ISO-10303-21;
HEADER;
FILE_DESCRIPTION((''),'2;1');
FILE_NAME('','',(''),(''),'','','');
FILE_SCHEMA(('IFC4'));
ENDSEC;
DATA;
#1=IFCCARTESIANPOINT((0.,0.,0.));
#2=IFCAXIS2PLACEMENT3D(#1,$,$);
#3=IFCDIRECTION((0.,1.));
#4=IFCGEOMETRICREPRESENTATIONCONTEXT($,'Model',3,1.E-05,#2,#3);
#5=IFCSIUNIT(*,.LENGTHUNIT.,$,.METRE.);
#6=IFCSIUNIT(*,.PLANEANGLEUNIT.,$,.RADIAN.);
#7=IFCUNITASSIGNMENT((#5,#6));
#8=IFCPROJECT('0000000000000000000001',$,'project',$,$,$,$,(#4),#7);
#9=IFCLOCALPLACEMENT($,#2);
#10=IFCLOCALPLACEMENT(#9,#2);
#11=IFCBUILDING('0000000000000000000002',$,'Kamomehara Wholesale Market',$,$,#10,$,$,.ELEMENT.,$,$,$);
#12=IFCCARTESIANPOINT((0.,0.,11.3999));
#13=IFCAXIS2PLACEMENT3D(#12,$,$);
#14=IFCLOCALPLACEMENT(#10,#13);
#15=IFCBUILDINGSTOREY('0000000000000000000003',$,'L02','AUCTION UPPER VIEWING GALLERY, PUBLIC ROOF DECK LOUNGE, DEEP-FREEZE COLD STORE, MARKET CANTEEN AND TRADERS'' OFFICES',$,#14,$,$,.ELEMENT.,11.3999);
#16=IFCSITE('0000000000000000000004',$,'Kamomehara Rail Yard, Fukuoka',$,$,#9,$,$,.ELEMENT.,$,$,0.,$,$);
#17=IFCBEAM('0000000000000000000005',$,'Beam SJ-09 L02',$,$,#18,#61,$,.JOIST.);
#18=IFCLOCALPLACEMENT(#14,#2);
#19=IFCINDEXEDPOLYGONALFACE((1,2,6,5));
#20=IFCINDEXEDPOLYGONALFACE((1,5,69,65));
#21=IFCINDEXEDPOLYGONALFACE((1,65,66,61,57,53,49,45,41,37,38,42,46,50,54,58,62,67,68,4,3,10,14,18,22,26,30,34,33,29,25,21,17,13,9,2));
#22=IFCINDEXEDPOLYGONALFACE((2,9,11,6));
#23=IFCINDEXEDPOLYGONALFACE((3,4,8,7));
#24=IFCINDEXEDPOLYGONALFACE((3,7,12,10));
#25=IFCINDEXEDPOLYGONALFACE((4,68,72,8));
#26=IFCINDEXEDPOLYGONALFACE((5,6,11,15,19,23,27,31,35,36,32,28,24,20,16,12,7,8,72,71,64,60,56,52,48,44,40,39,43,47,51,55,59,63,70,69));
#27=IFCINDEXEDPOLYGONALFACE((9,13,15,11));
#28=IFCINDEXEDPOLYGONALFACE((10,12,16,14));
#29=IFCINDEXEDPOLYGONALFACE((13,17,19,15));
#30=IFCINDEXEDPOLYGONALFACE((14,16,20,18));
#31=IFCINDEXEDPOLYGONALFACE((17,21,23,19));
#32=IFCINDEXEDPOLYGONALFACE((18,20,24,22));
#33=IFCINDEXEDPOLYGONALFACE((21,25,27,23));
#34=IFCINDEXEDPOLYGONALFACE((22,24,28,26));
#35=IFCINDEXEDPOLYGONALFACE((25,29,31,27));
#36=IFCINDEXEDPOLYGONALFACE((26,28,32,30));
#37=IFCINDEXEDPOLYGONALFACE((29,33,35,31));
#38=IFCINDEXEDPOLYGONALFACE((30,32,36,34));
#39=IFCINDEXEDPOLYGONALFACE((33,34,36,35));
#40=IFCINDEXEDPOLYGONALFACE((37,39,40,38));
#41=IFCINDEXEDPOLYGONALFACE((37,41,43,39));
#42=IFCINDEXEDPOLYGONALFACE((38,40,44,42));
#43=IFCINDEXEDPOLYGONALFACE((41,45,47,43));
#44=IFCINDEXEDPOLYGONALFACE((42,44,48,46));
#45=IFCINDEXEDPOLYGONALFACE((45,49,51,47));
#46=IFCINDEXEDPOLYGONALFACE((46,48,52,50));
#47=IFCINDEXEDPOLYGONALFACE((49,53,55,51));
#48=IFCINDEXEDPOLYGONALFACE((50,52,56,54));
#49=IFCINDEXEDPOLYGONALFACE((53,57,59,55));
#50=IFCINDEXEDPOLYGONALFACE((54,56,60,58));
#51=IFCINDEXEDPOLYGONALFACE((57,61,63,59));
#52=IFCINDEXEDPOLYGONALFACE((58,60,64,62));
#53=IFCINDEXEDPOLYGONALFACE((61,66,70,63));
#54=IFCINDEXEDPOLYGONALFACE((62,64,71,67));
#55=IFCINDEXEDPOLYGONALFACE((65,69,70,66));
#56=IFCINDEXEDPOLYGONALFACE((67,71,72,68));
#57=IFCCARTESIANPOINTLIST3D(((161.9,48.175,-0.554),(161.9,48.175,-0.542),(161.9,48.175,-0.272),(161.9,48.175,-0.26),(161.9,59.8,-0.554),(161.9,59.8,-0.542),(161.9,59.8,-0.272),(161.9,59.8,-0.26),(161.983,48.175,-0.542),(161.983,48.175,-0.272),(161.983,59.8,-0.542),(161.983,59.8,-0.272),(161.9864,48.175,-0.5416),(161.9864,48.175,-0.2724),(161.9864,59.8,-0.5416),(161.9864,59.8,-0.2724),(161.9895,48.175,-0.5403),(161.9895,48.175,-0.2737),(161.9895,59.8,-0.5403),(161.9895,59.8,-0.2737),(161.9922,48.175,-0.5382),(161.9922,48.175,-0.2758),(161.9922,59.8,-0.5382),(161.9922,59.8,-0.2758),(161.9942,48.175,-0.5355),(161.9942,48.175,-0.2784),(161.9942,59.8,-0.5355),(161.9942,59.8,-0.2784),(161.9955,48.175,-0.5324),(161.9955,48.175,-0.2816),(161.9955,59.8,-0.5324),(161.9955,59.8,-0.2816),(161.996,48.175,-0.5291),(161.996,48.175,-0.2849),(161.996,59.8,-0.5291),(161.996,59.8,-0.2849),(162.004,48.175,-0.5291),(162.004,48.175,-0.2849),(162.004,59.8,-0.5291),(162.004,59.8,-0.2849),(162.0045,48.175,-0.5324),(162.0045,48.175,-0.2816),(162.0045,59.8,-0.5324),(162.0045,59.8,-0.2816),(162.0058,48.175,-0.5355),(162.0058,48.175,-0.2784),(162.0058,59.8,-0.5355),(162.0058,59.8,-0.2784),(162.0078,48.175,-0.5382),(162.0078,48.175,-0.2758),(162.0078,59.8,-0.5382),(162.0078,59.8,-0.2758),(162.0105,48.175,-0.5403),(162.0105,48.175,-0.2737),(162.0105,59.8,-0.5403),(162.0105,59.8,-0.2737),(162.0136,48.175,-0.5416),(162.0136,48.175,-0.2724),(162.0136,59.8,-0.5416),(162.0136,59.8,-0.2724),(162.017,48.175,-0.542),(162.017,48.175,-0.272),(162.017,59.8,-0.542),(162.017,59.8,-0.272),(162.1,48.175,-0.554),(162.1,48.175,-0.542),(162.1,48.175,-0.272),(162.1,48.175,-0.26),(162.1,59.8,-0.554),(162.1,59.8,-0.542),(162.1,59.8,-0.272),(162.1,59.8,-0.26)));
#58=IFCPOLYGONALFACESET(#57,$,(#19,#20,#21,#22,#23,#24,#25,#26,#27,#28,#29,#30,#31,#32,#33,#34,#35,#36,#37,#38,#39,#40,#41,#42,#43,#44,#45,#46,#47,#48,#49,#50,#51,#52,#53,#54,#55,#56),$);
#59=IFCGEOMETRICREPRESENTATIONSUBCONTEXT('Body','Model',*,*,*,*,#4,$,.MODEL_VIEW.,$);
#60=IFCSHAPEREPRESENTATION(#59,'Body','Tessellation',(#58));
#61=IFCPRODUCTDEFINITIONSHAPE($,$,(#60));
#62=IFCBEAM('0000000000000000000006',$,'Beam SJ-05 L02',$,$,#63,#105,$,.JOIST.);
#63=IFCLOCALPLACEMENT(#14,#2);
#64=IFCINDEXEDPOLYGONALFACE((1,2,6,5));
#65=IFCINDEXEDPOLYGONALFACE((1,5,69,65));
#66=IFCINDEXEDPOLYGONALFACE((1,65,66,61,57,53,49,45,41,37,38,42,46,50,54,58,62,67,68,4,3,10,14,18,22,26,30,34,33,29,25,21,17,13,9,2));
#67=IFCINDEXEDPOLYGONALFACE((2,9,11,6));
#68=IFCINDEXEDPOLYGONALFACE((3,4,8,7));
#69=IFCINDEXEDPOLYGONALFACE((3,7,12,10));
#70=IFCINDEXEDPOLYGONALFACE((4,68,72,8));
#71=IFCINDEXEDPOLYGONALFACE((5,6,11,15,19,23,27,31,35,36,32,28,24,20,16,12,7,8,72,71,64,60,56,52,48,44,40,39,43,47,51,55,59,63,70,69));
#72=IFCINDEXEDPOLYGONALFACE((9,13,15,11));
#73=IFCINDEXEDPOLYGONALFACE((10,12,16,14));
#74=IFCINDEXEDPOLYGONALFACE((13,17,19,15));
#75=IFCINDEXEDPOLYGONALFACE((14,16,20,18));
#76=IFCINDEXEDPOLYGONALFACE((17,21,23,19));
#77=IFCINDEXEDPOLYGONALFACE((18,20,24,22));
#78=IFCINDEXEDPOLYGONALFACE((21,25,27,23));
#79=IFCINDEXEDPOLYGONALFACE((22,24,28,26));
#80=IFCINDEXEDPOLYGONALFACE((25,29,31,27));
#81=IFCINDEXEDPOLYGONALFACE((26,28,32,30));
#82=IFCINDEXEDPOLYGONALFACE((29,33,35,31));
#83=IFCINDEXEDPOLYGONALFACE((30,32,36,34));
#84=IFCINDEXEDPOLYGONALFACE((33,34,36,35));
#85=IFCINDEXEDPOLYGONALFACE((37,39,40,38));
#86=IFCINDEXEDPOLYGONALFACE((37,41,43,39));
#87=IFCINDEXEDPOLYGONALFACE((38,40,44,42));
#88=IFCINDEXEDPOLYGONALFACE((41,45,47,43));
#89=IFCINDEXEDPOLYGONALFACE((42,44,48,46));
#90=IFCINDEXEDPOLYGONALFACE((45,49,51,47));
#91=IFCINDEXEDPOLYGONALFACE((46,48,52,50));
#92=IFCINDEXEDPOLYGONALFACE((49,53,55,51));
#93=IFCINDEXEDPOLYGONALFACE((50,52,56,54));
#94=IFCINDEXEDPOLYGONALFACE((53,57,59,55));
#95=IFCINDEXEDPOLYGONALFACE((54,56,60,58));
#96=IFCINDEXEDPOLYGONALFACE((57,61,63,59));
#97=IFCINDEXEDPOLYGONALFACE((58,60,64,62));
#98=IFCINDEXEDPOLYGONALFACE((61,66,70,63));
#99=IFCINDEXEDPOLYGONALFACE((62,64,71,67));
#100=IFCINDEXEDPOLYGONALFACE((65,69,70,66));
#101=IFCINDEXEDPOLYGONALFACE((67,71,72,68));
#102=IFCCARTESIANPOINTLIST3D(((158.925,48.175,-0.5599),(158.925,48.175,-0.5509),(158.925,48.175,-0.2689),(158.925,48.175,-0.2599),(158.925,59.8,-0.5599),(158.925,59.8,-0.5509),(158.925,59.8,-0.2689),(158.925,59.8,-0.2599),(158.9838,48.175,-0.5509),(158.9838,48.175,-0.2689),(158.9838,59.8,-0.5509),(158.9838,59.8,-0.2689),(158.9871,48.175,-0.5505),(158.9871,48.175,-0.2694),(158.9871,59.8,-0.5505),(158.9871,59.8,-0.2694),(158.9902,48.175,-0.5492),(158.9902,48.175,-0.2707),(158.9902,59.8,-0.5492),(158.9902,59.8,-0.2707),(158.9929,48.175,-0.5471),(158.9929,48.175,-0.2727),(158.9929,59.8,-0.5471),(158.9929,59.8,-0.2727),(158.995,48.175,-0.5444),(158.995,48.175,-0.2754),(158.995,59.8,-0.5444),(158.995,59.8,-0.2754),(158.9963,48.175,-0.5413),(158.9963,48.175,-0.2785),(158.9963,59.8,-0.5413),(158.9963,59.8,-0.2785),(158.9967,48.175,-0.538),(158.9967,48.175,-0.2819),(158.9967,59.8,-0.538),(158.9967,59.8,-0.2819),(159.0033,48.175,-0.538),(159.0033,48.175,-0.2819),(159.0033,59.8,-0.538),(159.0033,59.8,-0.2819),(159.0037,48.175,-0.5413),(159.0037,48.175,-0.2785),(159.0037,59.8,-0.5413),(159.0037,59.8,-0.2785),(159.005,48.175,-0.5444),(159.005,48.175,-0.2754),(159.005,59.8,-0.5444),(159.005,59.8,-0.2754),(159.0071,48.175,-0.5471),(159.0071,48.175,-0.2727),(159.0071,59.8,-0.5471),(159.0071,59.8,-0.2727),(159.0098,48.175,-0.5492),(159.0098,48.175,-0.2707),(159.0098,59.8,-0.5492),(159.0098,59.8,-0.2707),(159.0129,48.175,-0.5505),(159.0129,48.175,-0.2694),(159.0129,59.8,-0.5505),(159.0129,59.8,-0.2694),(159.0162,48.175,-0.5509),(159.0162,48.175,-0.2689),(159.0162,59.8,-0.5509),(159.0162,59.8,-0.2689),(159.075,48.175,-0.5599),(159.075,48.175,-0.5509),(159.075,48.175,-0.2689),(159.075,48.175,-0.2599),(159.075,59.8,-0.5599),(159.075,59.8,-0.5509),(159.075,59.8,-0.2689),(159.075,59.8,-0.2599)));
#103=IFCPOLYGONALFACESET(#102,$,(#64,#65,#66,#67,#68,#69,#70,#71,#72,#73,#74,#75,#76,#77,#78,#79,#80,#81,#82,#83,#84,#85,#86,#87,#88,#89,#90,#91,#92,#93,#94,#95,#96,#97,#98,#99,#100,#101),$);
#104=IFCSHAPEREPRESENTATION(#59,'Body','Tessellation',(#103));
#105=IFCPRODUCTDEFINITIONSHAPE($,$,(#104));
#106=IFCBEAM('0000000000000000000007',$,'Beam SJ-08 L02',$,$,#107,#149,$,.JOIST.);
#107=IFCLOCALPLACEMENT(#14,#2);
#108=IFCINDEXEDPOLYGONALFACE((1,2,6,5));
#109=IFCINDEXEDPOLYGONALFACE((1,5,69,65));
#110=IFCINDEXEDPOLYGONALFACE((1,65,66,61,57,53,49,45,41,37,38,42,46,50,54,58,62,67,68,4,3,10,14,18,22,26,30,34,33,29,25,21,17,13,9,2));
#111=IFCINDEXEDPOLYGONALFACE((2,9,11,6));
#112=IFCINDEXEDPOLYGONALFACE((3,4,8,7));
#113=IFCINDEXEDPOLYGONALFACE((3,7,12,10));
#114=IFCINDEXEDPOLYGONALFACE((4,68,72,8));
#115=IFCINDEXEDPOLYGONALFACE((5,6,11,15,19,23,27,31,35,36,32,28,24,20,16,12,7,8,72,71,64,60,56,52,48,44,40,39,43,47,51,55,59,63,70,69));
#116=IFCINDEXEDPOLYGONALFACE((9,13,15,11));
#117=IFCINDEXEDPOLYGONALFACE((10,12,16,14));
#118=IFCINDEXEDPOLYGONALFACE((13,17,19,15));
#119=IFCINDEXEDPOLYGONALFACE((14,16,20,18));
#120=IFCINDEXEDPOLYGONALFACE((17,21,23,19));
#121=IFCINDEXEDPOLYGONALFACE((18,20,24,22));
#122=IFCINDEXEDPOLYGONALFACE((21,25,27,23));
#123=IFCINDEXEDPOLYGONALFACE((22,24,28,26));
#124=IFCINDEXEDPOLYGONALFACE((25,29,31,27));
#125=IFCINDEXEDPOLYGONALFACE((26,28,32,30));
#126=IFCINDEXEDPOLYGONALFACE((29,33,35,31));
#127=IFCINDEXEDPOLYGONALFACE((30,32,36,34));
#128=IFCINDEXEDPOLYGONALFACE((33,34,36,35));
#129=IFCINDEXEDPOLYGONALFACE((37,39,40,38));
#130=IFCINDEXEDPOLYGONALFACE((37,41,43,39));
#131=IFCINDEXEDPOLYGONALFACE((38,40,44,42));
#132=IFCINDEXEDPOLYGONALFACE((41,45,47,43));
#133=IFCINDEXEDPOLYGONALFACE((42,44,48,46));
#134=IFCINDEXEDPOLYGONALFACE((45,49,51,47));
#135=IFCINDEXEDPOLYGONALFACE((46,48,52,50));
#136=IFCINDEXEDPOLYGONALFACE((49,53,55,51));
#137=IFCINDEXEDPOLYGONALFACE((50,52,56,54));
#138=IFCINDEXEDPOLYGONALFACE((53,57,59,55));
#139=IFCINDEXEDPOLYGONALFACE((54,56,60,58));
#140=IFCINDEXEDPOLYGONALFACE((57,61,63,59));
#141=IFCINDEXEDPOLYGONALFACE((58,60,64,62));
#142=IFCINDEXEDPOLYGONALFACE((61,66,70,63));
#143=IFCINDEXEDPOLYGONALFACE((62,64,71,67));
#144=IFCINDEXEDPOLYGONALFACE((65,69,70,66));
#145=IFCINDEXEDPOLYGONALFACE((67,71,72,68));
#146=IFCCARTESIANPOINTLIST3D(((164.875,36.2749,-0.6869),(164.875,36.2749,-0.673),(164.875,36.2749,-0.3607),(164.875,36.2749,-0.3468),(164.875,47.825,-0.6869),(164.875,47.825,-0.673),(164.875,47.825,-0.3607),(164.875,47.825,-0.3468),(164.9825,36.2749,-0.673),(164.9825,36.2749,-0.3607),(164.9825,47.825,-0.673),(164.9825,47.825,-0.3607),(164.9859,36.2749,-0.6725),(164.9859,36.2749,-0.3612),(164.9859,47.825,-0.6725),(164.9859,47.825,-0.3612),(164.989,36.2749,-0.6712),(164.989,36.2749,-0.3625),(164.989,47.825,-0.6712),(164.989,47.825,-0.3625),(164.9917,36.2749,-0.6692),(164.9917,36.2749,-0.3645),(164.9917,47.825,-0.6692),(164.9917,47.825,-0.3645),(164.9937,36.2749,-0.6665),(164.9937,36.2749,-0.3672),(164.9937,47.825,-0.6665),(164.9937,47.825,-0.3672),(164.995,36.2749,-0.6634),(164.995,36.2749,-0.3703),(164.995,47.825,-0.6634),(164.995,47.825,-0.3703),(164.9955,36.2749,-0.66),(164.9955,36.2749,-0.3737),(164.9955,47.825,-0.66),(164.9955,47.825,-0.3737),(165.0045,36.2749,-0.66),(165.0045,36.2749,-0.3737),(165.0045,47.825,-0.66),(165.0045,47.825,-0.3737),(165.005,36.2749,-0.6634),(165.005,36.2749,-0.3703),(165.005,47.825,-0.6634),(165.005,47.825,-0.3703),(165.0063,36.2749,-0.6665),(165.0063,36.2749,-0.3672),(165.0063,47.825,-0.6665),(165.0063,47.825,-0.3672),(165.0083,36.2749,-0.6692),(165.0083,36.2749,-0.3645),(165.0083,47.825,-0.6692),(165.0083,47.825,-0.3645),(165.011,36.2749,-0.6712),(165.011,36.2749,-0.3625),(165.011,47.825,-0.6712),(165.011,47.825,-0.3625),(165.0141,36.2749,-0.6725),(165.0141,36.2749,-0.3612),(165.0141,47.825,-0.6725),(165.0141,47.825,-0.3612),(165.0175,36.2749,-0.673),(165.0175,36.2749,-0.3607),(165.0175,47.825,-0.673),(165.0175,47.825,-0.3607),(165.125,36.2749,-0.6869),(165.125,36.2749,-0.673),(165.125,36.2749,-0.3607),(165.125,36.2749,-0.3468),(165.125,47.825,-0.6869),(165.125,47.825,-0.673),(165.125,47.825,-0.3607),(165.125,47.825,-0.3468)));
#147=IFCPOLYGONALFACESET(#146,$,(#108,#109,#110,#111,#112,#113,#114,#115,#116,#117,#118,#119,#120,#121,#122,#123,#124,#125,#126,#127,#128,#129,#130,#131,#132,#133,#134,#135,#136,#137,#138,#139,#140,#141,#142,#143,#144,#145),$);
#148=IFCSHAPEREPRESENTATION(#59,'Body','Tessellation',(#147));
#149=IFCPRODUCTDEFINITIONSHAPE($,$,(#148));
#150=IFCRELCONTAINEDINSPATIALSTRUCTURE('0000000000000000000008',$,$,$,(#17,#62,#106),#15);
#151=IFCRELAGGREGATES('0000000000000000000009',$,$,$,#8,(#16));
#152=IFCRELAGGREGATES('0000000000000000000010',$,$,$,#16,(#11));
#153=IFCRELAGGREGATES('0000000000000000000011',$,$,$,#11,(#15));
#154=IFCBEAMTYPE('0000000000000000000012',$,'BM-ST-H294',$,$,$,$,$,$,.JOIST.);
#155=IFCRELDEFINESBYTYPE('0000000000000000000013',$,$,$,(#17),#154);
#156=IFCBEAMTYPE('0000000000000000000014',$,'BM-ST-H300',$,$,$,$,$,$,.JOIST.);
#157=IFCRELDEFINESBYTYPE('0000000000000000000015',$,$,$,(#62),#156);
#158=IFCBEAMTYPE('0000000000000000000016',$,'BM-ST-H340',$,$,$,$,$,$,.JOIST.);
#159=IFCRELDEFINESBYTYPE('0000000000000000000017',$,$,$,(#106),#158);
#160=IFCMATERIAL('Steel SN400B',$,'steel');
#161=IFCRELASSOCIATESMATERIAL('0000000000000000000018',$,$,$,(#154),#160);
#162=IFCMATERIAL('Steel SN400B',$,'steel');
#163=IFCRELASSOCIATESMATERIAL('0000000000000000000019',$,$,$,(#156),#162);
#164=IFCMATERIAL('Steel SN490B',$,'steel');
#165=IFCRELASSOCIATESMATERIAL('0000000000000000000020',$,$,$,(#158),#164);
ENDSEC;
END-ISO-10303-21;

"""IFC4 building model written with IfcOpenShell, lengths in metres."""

from ifc_helpers import new_model, si_unit, direction, frame, origin, origin_2d, place, context, subcontext, project, spatial, i_section, extrude, material, material_profile, profile_set, type_object, element, save


model = new_model("IFC4")

# Units and contexts
model_context = context("Model", 3, precision=1e-05, world=origin(), true_north=direction((0.0, 1.0)))
body_context = subcontext(model_context, "Body", "Model", "MODEL_VIEW")
ifc_project = project(units=[si_unit("LENGTHUNIT", "METRE"), si_unit("PLANEANGLEUNIT", "RADIAN")], contexts=[model_context])

# Site, building, storey
site_placement = place(None, origin())
site = spatial("IfcSite", under=ifc_project, at=site_placement, Name="Kamomehara Rail Yard, Fukuoka", CompositionType="ELEMENT", RefElevation=0.0)
building_placement = place(site_placement, origin())
building = spatial("IfcBuilding", under=site, at=building_placement, Name="Kamomehara Wholesale Market", CompositionType="ELEMENT")
storey_placement = place(building_placement, frame((0.0, 0.0, 11.3999)))
storey = spatial("IfcBuildingStorey", under=building, at=storey_placement, Name="L02", Description="AUCTION UPPER VIEWING GALLERY, PUBLIC ROOF DECK LOUNGE, DEEP-FREEZE COLD STORE, MARKET CANTEEN AND TRADERS' OFFICES", CompositionType="ELEMENT", Elevation=11.3999)

# Beams
ifc_material_1 = material(Name="Steel SN400B", Category="steel")
ifc_material_profile_1 = material_profile(ifc_material_1, i_section(OverallWidth=0.2, OverallDepth=0.2939, WebThickness=0.0081, FlangeThickness=0.012, FilletRadius=0.0129, at=origin_2d()), Name="H-294x200x8x12")
ifc_profile_set_1 = profile_set([ifc_material_profile_1], Name="Steel SN400B")
beam_type_1 = type_object("IfcBeamType", Name="BM-ST-H294", PredefinedType="JOIST", material=ifc_profile_set_1)
beam_1_placement = place(storey_placement, frame((162.0, 48.175, -0.407), z_axis=(0.0, 1.0, 0.0), x_axis=(-1.0, 0.0, 0.0)))
element("IfcBeam", 1, at=beam_1_placement, inside=storey, type_object=beam_type_1, Name="Beam SJ-09 L02", PredefinedType="JOIST", context=body_context, shape_type="SweptSolid", body=[
    extrude(i_section(OverallWidth=0.2, OverallDepth=0.2939, WebThickness=0.0081, FlangeThickness=0.012, FilletRadius=0.0129, at=origin_2d()), origin(), (0.0, 0.0, 1.0), 11.625),
])
ifc_material_2 = material(Name="Steel SN400B", Category="steel")
ifc_material_profile_2 = material_profile(ifc_material_2, i_section(OverallWidth=0.1499, OverallDepth=0.3, WebThickness=0.0066, FlangeThickness=0.009, FilletRadius=0.0129, at=origin_2d()), Name="H-300x150x6.5x9")
ifc_profile_set_2 = profile_set([ifc_material_profile_2], Name="Steel SN400B")
beam_type_2 = type_object("IfcBeamType", Name="BM-ST-H300", PredefinedType="JOIST", material=ifc_profile_set_2)
beam_2_placement = place(storey_placement, frame((159.0, 48.175, -0.4099), z_axis=(0.0, 1.0, 0.0), x_axis=(-1.0, 0.0, 0.0)))
element("IfcBeam", 2, at=beam_2_placement, inside=storey, type_object=beam_type_2, Name="Beam SJ-05 L02", PredefinedType="JOIST", context=body_context, shape_type="SweptSolid", body=[
    extrude(i_section(OverallWidth=0.1499, OverallDepth=0.3, WebThickness=0.0066, FlangeThickness=0.009, FilletRadius=0.0129, at=origin_2d()), origin(), (0.0, 0.0, 1.0), 11.625),
])
ifc_material_3 = material(Name="Steel SN490B", Category="steel")
ifc_material_profile_3 = material_profile(ifc_material_3, i_section(OverallWidth=0.25, OverallDepth=0.3401, WebThickness=0.009, FlangeThickness=0.0139, FilletRadius=0.0129, at=origin_2d()), Name="H-340x250x9x14")
ifc_profile_set_3 = profile_set([ifc_material_profile_3], Name="Steel SN490B")
beam_type_3 = type_object("IfcBeamType", Name="BM-ST-H340", PredefinedType="JOIST", material=ifc_profile_set_3)
beam_3_placement = place(storey_placement, frame((165.0, 36.2749, -0.5168), z_axis=(0.0, 1.0, 0.0), x_axis=(-1.0, 0.0, 0.0)))
element("IfcBeam", 3, at=beam_3_placement, inside=storey, type_object=beam_type_3, Name="Beam SJ-08 L02", PredefinedType="JOIST", context=body_context, shape_type="SweptSolid", body=[
    extrude(i_section(OverallWidth=0.25, OverallDepth=0.3401, WebThickness=0.009, FlangeThickness=0.0139, FilletRadius=0.0129, at=origin_2d()), origin(), (0.0, 0.0, 1.0), 11.55),
])

save(model, "model.ifc")
